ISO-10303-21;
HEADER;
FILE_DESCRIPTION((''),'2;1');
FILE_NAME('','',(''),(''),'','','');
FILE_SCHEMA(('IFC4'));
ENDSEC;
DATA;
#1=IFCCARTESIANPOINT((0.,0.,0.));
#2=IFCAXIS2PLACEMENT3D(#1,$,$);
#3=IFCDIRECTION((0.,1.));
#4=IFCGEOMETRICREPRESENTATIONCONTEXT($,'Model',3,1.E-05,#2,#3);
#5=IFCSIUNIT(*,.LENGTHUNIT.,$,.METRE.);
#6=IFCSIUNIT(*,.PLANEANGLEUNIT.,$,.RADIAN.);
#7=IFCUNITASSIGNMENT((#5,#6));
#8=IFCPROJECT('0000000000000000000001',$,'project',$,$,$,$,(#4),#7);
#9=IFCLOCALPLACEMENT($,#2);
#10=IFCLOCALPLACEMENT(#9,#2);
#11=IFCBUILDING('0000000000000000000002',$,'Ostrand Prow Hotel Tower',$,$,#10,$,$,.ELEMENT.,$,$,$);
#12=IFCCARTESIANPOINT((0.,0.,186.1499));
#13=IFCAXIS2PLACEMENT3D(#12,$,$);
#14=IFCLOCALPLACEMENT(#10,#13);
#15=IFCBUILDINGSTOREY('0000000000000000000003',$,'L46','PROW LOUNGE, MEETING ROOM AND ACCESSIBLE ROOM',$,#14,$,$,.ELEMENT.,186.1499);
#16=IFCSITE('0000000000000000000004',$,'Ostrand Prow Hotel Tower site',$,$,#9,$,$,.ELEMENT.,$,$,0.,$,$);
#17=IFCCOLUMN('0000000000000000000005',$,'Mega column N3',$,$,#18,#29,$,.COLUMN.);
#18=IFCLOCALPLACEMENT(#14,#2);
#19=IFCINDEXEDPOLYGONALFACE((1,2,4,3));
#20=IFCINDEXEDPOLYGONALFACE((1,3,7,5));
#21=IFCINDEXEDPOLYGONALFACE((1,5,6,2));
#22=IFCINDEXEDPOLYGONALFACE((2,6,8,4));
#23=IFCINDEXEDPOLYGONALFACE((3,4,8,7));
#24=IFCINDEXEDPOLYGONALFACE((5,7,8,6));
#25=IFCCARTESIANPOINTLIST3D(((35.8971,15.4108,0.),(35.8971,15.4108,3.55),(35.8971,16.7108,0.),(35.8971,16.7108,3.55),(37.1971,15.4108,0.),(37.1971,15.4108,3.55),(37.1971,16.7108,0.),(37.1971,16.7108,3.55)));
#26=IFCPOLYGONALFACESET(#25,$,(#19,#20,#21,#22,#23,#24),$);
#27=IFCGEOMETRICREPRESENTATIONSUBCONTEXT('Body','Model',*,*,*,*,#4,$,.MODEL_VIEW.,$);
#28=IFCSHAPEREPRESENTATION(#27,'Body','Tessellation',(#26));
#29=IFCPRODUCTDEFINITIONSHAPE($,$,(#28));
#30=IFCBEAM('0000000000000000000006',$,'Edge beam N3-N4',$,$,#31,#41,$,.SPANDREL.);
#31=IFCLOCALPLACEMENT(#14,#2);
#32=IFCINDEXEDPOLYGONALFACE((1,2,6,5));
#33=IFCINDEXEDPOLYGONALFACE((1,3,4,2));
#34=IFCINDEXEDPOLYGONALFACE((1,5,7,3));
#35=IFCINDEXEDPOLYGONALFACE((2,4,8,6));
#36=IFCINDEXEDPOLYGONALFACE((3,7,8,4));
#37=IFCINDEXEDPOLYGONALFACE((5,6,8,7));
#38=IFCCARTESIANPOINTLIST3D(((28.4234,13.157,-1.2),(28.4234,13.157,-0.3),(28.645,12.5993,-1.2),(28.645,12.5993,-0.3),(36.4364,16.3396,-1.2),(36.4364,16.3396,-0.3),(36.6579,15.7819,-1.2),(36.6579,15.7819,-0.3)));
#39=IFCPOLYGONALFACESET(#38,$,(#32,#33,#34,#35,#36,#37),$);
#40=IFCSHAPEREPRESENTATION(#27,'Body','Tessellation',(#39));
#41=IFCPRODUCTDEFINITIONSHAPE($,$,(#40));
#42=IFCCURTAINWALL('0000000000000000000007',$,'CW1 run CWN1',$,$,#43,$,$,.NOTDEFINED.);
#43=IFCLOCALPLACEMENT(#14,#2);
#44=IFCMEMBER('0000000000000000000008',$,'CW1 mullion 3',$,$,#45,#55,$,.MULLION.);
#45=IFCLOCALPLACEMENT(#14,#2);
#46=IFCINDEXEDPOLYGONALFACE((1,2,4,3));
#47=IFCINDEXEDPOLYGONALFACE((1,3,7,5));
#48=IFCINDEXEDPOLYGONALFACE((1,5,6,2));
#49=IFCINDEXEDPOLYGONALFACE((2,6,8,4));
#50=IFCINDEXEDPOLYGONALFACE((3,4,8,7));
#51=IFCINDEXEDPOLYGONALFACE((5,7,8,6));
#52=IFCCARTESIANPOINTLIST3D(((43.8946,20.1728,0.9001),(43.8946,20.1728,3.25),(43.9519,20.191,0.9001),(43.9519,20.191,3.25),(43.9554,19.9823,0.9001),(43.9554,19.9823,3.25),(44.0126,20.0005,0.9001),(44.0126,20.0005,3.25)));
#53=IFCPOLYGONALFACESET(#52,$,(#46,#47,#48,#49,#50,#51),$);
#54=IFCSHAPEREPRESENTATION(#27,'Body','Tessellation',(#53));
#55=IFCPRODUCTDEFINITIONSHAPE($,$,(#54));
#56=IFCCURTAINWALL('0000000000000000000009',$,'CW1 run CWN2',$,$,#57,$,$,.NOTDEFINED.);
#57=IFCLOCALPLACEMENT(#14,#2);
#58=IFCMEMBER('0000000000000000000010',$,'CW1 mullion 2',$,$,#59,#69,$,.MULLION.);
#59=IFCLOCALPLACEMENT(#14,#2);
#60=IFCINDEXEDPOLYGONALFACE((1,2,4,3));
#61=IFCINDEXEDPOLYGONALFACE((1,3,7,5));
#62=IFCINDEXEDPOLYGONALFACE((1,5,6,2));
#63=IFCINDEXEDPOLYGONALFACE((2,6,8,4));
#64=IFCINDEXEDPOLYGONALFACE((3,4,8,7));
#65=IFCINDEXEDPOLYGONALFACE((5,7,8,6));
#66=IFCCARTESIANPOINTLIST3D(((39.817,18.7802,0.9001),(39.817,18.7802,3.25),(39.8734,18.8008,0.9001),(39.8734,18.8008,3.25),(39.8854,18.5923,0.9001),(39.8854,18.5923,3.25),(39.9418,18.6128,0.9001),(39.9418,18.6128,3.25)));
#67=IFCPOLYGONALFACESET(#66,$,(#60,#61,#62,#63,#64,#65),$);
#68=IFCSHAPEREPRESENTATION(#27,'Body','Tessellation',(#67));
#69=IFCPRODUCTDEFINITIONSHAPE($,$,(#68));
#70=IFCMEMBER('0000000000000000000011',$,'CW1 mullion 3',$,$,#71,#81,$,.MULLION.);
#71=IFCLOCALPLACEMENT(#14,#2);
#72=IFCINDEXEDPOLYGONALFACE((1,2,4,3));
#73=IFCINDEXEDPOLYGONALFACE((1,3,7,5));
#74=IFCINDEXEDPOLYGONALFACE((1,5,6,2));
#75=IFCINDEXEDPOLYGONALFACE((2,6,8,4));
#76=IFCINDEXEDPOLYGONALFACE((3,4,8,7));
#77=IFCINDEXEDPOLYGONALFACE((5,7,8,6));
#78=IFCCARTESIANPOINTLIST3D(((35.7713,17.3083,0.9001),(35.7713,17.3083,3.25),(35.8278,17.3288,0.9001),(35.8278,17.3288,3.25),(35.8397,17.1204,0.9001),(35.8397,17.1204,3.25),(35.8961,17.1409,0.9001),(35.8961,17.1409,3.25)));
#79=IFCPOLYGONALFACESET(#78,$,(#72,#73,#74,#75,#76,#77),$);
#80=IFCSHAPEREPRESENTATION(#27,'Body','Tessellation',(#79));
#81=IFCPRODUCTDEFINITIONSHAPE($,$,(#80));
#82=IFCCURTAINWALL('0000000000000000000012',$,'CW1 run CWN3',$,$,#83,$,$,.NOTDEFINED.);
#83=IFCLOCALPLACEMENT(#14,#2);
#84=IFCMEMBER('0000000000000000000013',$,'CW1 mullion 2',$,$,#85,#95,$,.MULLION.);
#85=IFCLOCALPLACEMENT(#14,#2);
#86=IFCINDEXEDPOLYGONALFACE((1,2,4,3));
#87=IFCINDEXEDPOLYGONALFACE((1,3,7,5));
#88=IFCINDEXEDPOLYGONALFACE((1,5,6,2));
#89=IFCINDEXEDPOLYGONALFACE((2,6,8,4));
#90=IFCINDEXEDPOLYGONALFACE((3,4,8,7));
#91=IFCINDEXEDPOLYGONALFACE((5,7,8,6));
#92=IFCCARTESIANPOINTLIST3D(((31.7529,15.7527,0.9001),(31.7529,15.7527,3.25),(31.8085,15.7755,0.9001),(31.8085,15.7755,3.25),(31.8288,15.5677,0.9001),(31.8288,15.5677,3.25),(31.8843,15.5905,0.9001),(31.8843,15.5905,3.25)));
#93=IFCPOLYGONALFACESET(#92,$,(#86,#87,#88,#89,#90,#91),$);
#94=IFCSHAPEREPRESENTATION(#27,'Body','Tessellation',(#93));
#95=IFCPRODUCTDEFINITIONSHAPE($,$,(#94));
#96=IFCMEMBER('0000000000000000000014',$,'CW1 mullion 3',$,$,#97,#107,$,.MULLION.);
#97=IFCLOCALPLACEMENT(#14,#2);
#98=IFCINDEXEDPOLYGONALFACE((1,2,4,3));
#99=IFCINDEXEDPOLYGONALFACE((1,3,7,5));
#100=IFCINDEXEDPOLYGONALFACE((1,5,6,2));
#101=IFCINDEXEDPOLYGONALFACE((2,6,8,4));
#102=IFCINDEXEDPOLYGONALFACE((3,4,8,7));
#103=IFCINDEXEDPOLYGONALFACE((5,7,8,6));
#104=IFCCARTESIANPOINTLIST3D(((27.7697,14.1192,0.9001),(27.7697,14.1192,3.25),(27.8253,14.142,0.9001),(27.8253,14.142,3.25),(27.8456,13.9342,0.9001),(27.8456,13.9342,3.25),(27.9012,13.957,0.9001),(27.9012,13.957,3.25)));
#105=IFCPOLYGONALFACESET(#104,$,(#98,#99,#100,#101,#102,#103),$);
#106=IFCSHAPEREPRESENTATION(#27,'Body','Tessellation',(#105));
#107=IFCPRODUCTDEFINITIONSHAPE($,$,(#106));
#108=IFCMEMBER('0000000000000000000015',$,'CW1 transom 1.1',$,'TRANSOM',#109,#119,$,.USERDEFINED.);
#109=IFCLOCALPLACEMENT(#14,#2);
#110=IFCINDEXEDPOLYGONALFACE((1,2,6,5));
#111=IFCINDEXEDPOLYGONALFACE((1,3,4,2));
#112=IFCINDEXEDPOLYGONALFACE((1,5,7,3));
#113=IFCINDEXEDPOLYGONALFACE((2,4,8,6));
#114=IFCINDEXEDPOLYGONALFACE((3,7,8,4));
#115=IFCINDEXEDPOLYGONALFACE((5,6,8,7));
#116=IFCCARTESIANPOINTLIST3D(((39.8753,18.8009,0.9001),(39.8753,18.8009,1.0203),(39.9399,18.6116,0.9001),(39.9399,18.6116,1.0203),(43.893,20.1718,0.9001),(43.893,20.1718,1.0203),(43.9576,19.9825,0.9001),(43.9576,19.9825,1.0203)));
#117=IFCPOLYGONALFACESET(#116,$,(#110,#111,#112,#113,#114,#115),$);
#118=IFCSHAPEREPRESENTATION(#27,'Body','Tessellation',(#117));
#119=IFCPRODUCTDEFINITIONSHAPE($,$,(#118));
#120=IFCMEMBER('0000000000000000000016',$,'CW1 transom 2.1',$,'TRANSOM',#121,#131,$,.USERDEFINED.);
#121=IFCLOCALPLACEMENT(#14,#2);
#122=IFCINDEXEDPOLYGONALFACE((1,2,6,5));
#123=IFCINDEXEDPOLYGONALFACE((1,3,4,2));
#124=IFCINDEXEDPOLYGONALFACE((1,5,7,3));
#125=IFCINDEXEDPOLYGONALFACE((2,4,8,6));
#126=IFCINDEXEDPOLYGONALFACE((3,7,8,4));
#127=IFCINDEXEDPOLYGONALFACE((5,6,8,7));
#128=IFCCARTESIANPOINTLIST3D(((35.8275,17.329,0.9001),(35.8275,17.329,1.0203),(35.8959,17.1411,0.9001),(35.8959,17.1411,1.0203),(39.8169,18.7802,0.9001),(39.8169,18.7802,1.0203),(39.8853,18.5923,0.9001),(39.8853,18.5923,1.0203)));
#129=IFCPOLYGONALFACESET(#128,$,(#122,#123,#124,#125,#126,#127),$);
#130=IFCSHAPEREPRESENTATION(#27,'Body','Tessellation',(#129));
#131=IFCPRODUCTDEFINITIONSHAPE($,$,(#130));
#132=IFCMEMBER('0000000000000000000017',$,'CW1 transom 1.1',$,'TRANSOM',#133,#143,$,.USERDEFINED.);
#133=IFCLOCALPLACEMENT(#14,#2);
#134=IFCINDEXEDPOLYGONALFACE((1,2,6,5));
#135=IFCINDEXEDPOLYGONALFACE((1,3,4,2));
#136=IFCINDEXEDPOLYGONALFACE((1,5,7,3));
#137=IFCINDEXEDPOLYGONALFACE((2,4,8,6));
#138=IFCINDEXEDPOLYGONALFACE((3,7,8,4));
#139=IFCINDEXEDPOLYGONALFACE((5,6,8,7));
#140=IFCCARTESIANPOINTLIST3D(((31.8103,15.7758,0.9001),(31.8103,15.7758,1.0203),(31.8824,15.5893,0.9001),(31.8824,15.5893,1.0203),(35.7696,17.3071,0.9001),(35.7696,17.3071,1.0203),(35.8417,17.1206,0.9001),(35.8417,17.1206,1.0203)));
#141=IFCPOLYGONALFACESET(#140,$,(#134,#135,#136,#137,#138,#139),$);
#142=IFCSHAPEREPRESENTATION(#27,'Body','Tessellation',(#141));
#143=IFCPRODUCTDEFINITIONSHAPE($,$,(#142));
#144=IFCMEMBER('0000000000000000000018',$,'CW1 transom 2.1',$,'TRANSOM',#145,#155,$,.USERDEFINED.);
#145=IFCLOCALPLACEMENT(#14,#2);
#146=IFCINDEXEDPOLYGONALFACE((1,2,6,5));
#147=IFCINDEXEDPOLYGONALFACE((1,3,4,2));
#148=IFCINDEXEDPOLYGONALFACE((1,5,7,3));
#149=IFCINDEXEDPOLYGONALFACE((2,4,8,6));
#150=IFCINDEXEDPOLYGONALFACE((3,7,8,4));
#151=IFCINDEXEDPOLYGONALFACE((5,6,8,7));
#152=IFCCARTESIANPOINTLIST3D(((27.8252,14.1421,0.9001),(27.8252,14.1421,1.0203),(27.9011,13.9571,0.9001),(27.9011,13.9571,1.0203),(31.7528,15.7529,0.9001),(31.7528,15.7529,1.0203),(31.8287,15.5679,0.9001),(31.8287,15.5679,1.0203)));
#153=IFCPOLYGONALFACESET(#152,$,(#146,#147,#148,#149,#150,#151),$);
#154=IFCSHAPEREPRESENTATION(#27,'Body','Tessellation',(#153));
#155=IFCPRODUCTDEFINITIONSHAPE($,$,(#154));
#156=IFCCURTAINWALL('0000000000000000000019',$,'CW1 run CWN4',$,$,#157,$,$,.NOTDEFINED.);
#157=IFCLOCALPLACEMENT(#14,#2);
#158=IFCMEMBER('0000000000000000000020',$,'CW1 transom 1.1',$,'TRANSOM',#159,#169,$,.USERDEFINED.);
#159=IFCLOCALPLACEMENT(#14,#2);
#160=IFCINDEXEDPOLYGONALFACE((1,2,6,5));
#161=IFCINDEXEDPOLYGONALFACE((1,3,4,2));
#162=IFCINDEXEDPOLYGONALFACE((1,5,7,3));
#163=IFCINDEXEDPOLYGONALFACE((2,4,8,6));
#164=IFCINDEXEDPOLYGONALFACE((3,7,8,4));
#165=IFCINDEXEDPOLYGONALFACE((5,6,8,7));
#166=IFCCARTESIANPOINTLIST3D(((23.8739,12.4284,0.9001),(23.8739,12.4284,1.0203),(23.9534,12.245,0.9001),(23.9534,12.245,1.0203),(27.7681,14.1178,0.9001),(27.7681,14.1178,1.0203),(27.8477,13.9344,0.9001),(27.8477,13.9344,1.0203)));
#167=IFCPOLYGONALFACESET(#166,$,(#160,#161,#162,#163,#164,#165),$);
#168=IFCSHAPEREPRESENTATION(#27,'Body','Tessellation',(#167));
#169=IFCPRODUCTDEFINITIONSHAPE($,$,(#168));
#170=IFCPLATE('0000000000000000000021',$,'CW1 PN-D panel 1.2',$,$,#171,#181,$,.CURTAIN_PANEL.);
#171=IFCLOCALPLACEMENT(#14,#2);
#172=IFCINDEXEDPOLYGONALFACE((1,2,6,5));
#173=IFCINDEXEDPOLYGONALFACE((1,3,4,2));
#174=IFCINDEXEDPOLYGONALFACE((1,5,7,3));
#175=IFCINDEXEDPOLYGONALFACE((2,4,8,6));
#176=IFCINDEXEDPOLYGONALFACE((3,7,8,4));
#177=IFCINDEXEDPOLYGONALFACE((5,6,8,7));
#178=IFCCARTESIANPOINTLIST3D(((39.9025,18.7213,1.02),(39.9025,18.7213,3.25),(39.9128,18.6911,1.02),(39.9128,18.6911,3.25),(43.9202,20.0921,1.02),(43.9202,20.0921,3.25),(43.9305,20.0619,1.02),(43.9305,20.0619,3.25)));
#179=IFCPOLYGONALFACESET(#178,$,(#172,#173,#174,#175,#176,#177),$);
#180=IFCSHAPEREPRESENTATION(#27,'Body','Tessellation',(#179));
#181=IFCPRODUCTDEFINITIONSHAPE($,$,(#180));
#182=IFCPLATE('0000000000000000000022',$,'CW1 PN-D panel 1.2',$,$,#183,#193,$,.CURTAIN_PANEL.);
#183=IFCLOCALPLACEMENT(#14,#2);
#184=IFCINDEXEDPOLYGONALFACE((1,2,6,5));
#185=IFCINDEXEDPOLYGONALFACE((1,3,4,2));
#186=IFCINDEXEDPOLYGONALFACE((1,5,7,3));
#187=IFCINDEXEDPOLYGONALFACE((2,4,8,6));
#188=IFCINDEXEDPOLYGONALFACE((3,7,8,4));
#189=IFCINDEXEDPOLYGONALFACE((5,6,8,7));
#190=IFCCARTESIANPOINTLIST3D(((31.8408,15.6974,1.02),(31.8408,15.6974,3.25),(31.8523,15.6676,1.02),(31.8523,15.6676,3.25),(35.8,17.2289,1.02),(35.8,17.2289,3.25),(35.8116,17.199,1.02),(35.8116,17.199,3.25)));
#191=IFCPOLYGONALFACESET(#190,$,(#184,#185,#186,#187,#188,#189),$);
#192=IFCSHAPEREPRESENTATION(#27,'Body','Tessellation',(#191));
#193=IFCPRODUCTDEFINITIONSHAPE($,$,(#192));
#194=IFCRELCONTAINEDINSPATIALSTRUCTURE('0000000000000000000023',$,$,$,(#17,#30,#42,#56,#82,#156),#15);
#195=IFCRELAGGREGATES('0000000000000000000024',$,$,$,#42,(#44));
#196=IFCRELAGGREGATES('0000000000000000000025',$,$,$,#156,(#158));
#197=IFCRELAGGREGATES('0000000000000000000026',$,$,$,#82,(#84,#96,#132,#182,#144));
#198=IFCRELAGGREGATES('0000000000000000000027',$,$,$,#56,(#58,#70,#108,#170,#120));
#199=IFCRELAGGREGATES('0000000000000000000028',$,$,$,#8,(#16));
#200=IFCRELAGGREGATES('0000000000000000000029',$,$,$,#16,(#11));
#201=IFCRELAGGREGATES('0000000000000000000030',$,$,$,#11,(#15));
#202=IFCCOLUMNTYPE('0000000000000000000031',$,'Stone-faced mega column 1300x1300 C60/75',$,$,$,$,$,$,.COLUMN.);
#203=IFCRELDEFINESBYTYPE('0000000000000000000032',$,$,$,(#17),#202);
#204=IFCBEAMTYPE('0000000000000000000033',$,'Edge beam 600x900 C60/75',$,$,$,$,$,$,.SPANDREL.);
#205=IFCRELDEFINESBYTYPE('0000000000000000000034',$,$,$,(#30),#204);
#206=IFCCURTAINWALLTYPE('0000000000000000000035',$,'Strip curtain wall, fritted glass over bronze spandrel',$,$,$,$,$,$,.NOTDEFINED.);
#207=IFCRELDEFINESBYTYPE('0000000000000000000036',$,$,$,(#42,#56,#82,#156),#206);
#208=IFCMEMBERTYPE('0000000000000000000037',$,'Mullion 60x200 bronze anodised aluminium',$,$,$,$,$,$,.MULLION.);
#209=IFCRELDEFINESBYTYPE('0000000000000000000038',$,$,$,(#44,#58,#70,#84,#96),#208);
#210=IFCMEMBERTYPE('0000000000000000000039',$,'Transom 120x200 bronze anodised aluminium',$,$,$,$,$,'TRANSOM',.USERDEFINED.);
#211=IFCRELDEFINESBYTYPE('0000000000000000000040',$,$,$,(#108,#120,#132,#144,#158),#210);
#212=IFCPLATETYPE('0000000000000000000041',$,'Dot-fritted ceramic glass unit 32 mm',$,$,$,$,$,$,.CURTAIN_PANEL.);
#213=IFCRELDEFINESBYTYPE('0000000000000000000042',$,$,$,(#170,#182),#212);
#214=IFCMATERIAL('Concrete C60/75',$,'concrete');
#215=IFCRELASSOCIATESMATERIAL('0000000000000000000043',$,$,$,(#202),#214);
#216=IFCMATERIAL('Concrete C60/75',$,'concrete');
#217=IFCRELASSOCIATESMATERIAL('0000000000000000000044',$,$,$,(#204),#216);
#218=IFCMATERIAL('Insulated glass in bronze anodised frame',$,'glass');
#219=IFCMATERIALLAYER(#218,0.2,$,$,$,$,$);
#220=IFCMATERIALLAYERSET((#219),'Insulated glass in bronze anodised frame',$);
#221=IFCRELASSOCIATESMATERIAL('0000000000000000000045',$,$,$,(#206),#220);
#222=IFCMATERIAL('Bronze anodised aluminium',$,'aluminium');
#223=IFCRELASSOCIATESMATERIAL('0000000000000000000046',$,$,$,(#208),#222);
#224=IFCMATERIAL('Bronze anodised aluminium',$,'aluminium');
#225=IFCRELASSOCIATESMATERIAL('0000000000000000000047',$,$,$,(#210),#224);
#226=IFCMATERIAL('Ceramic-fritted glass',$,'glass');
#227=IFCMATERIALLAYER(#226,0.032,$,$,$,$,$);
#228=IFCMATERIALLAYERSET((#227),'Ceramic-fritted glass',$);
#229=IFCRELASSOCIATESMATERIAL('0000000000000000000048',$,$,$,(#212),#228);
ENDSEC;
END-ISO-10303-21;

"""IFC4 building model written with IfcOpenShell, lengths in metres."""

from ifc_helpers import new_model, si_unit, direction, frame, origin, origin_2d, place, context, subcontext, project, spatial, rectangle, extrude, material, layer, layer_set, material_profile, profile_set, type_object, element, aggregate, save


model = new_model("IFC4")

# Units and contexts
model_context = context("Model", 3, precision=1e-05, world=origin(), true_north=direction((0.0, 1.0)))
body_context = subcontext(model_context, "Body", "Model", "MODEL_VIEW")
ifc_project = project(units=[si_unit("LENGTHUNIT", "METRE"), si_unit("PLANEANGLEUNIT", "RADIAN")], contexts=[model_context])

# Site, building, storey
site_placement = place(None, origin())
site = spatial("IfcSite", under=ifc_project, at=site_placement, Name="Ostrand Prow Hotel Tower site", CompositionType="ELEMENT", RefElevation=0.0)
building_placement = place(site_placement, origin())
building = spatial("IfcBuilding", under=site, at=building_placement, Name="Ostrand Prow Hotel Tower", CompositionType="ELEMENT")
storey_placement = place(building_placement, frame((0.0, 0.0, 186.1499)))
storey = spatial("IfcBuildingStorey", under=building, at=storey_placement, Name="L46", Description="PROW LOUNGE, MEETING ROOM AND ACCESSIBLE ROOM", CompositionType="ELEMENT", Elevation=186.1499)

# Column
ifc_material_1 = material(Name="Concrete C60/75", Category="concrete")
ifc_material_profile_1 = material_profile(ifc_material_1, rectangle(XDim=1.3, YDim=1.3, at=origin_2d()), Name="RC 1300x1300")
ifc_profile_set_1 = profile_set([ifc_material_profile_1], Name="Concrete C60/75")
column_type = type_object("IfcColumnType", Name="Stone-faced mega column 1300x1300 C60/75", PredefinedType="COLUMN", material=ifc_profile_set_1)
column_placement = place(storey_placement, frame((36.5471, 16.0608, 0.0), z_axis=(0.0, 0.0, 1.0), x_axis=(1.0, 0.0, 0.0)))
element("IfcColumn", 1, at=column_placement, inside=storey, type_object=column_type, Name="Mega column N3", PredefinedType="COLUMN", context=body_context, shape_type="SweptSolid", body=[
    extrude(rectangle(XDim=1.3, YDim=1.3, at=origin_2d()), origin(), (0.0, 0.0, 1.0), 3.55),
])

# Beam
ifc_material_2 = material(Name="Concrete C60/75", Category="concrete")
ifc_material_profile_2 = material_profile(ifc_material_2, rectangle(XDim=0.6001, YDim=0.8999, at=origin_2d()), Name="RC 600x900")
ifc_profile_set_2 = profile_set([ifc_material_profile_2], Name="Concrete C60/75")
beam_type = type_object("IfcBeamType", Name="Edge beam 600x900 C60/75", PredefinedType="SPANDREL", material=ifc_profile_set_2)
beam_placement = place(storey_placement, frame((36.5471, 16.0608, -0.75), z_axis=(-0.929376, -0.369134, 0.0), x_axis=(0.369134, -0.929376, 0.0)))
element("IfcBeam", 2, at=beam_placement, inside=storey, type_object=beam_type, Name="Edge beam N3-N4", PredefinedType="SPANDREL", context=body_context, shape_type="SweptSolid", body=[
    extrude(rectangle(XDim=0.6001, YDim=0.8999, at=origin_2d()), origin(), (0.0, 0.0, 1.0), 8.6218),
])

# Curtain wall, member
ifc_material_3 = material(Name="Insulated glass in bronze anodised frame", Category="glass")
ifc_layer_1 = layer(ifc_material_3, 0.2)
ifc_layer_set_1 = layer_set([ifc_layer_1], Name="Insulated glass in bronze anodised frame")
curtain_wall_type = type_object("IfcCurtainWallType", Name="Strip curtain wall, fritted glass over bronze spandrel", PredefinedType="NOTDEFINED", material=ifc_layer_set_1)
curtain_wall_1_placement = place(storey_placement, origin())
curtain_wall_1 = element("IfcCurtainWall", 3, at=curtain_wall_1_placement, inside=storey, type_object=curtain_wall_type, Name="CW1 run CWN1", PredefinedType="NOTDEFINED")
ifc_material_4 = material(Name="Bronze anodised aluminium", Category="aluminium")
ifc_material_profile_3 = material_profile(ifc_material_4, rectangle(XDim=0.2, YDim=0.0601, at=origin_2d()), Name="Mullion 60x200 bronze anodised aluminium")
ifc_profile_set_3 = profile_set([ifc_material_profile_3], Name="Bronze anodised aluminium")
member_type_1 = type_object("IfcMemberType", Name="Mullion 60x200 bronze anodised aluminium", PredefinedType="MULLION", material=ifc_profile_set_3)
member_1_placement = place(storey_placement, frame((43.9536, 20.0867, 0.9001), z_axis=(0.0, 0.0, 1.0), x_axis=(0.303787, -0.95274, 0.0)))
member_1 = element("IfcMember", 4, at=member_1_placement, type_object=member_type_1, Name="CW1 mullion 3", PredefinedType="MULLION", context=body_context, shape_type="SweptSolid", body=[
    extrude(rectangle(XDim=0.2, YDim=0.0601, at=origin_2d()), origin(), (0.0, 0.0, 1.0), 2.3499),
])
aggregate(curtain_wall_1, [member_1])

# Curtain walls, members
curtain_wall_2_placement = place(storey_placement, origin())
curtain_wall_2 = element("IfcCurtainWall", 5, at=curtain_wall_2_placement, inside=storey, type_object=curtain_wall_type, Name="CW1 run CWN2", PredefinedType="NOTDEFINED")
member_2_placement = place(storey_placement, frame((39.8794, 18.6965, 0.9001), z_axis=(0.0, 0.0, 1.0), x_axis=(0.341897, -0.939737, 0.0)))
member_2 = element("IfcMember", 6, at=member_2_placement, type_object=member_type_1, Name="CW1 mullion 2", PredefinedType="MULLION", context=body_context, shape_type="SweptSolid", body=[
    extrude(rectangle(XDim=0.2, YDim=0.0601, at=origin_2d()), origin(), (0.0, 0.0, 1.0), 2.3499),
])
member_3_placement = place(storey_placement, frame((35.8337, 17.2246, 0.9001), z_axis=(0.0, 0.0, 1.0), x_axis=(0.341897, -0.939737, 0.0)))
member_3 = element("IfcMember", 7, at=member_3_placement, type_object=member_type_1, Name="CW1 mullion 3", PredefinedType="MULLION", context=body_context, shape_type="SweptSolid", body=[
    extrude(rectangle(XDim=0.2, YDim=0.0601, at=origin_2d()), origin(), (0.0, 0.0, 1.0), 2.3499),
])
curtain_wall_3_placement = place(storey_placement, origin())
curtain_wall_3 = element("IfcCurtainWall", 8, at=curtain_wall_3_placement, inside=storey, type_object=curtain_wall_type, Name="CW1 run CWN3", PredefinedType="NOTDEFINED")
member_4_placement = place(storey_placement, frame((31.8186, 15.6716, 0.9001), z_axis=(0.0, 0.0, 1.0), x_axis=(0.379453, -0.925211, 0.0)))
member_4 = element("IfcMember", 9, at=member_4_placement, type_object=member_type_1, Name="CW1 mullion 2", PredefinedType="MULLION", context=body_context, shape_type="SweptSolid", body=[
    extrude(rectangle(XDim=0.2, YDim=0.0601, at=origin_2d()), origin(), (0.0, 0.0, 1.0), 2.3499),
])
member_5_placement = place(storey_placement, frame((27.8354, 14.0381, 0.9001), z_axis=(0.0, 0.0, 1.0), x_axis=(0.379453, -0.925211, 0.0)))
member_5 = element("IfcMember", 10, at=member_5_placement, type_object=member_type_1, Name="CW1 mullion 3", PredefinedType="MULLION", context=body_context, shape_type="SweptSolid", body=[
    extrude(rectangle(XDim=0.2, YDim=0.0601, at=origin_2d()), origin(), (0.0, 0.0, 1.0), 2.3499),
])

# Members
ifc_material_5 = material(Name="Bronze anodised aluminium", Category="aluminium")
ifc_material_profile_4 = material_profile(ifc_material_5, rectangle(XDim=0.2, YDim=0.1201, at=origin_2d()), Name="Transom 120x200 bronze anodised aluminium")
ifc_profile_set_4 = profile_set([ifc_material_profile_4], Name="Bronze anodised aluminium")
member_type_2 = type_object("IfcMemberType", Name="Transom 120x200 bronze anodised aluminium", ElementType="TRANSOM", PredefinedType="USERDEFINED", material=ifc_profile_set_4)
member_6_placement = place(storey_placement, frame((43.9253, 20.0771, 0.9602), z_axis=(-0.946422, -0.322932, 0.0), x_axis=(0.322932, -0.946422, 0.0)))
member_6 = element("IfcMember", 11, at=member_6_placement, type_object=member_type_2, Name="CW1 transom 1.1", ObjectType="TRANSOM", PredefinedType="USERDEFINED", context=body_context, shape_type="SweptSolid", body=[
    extrude(rectangle(XDim=0.2, YDim=0.1201, at=origin_2d()), origin(), (0.0, 0.0, 1.0), 4.2451),
])
member_7_placement = place(storey_placement, frame((39.8511, 18.6863, 0.9602), z_axis=(-0.939753, -0.341854, 0.0), x_axis=(0.341854, -0.939753, 0.0)))
member_7 = element("IfcMember", 12, at=member_7_placement, type_object=member_type_2, Name="CW1 transom 2.1", ObjectType="TRANSOM", PredefinedType="USERDEFINED", context=body_context, shape_type="SweptSolid", body=[
    extrude(rectangle(XDim=0.2, YDim=0.1201, at=origin_2d()), origin(), (0.0, 0.0, 1.0), 4.2451),
])
member_8_placement = place(storey_placement, frame((35.8057, 17.2139, 0.9602), z_axis=(-0.932675, -0.360717, 0.0), x_axis=(0.360717, -0.932675, 0.0)))
member_8 = element("IfcMember", 13, at=member_8_placement, type_object=member_type_2, Name="CW1 transom 1.1", ObjectType="TRANSOM", PredefinedType="USERDEFINED", context=body_context, shape_type="SweptSolid", body=[
    extrude(rectangle(XDim=0.2, YDim=0.1201, at=origin_2d()), origin(), (0.0, 0.0, 1.0), 4.2451),
])
member_9_placement = place(storey_placement, frame((31.7908, 15.6604, 0.9602), z_axis=(-0.925213, -0.379448, 0.0), x_axis=(0.379448, -0.925213, 0.0)))
member_9 = element("IfcMember", 14, at=member_9_placement, type_object=member_type_2, Name="CW1 transom 2.1", ObjectType="TRANSOM", PredefinedType="USERDEFINED", context=body_context, shape_type="SweptSolid", body=[
    extrude(rectangle(XDim=0.2, YDim=0.1201, at=origin_2d()), origin(), (0.0, 0.0, 1.0), 4.2451),
])

# Curtain wall, member
curtain_wall_4_placement = place(storey_placement, origin())
curtain_wall_4 = element("IfcCurtainWall", 15, at=curtain_wall_4_placement, inside=storey, type_object=curtain_wall_type, Name="CW1 run CWN4", PredefinedType="NOTDEFINED")
member_10_placement = place(storey_placement, frame((27.8079, 14.0261, 0.9602), z_axis=(-0.91739, -0.39799, 0.0), x_axis=(0.39799, -0.91739, 0.0)))
member_10 = element("IfcMember", 16, at=member_10_placement, type_object=member_type_2, Name="CW1 transom 1.1", ObjectType="TRANSOM", PredefinedType="USERDEFINED", context=body_context, shape_type="SweptSolid", body=[
    extrude(rectangle(XDim=0.2, YDim=0.1201, at=origin_2d()), origin(), (0.0, 0.0, 1.0), 4.2449),
])
aggregate(curtain_wall_4, [member_10])

# Plates
ifc_material_6 = material(Name="Ceramic-fritted glass", Category="glass")
ifc_layer_2 = layer(ifc_material_6, 0.032)
ifc_layer_set_2 = layer_set([ifc_layer_2], Name="Ceramic-fritted glass")
plate_type_1 = type_object("IfcPlateType", Name="Dot-fritted ceramic glass unit 32 mm", PredefinedType="CURTAIN_PANEL", material=ifc_layer_set_2)
plate_1_placement = place(storey_placement, frame((41.9165, 19.3916, 1.02), z_axis=(0.0, 0.0, 1.0), x_axis=(-0.94643, -0.322908, 0.0)))
plate_1 = element("IfcPlate", 17, at=plate_1_placement, type_object=plate_type_1, Name="CW1 PN-D panel 1.2", PredefinedType="CURTAIN_PANEL", context=body_context, shape_type="SweptSolid", body=[
    extrude(rectangle(XDim=4.2451, YDim=0.032, at=origin_2d()), origin(), (0.0, 0.0, 1.0), 2.23),
])
plate_2_placement = place(storey_placement, frame((33.8262, 16.4482, 1.02), z_axis=(0.0, 0.0, 1.0), x_axis=(-0.932663, -0.360749, 0.0)))
plate_2 = element("IfcPlate", 18, at=plate_2_placement, type_object=plate_type_1, Name="CW1 PN-D panel 1.2", PredefinedType="CURTAIN_PANEL", context=body_context, shape_type="SweptSolid", body=[
    extrude(rectangle(XDim=4.2451, YDim=0.032, at=origin_2d()), origin(), (0.0, 0.0, 1.0), 2.23),
])
aggregate(curtain_wall_3, [member_4, member_5, member_8, plate_2, member_9])
aggregate(curtain_wall_2, [member_2, member_3, member_6, plate_1, member_7])

save(model, "model.ifc")
